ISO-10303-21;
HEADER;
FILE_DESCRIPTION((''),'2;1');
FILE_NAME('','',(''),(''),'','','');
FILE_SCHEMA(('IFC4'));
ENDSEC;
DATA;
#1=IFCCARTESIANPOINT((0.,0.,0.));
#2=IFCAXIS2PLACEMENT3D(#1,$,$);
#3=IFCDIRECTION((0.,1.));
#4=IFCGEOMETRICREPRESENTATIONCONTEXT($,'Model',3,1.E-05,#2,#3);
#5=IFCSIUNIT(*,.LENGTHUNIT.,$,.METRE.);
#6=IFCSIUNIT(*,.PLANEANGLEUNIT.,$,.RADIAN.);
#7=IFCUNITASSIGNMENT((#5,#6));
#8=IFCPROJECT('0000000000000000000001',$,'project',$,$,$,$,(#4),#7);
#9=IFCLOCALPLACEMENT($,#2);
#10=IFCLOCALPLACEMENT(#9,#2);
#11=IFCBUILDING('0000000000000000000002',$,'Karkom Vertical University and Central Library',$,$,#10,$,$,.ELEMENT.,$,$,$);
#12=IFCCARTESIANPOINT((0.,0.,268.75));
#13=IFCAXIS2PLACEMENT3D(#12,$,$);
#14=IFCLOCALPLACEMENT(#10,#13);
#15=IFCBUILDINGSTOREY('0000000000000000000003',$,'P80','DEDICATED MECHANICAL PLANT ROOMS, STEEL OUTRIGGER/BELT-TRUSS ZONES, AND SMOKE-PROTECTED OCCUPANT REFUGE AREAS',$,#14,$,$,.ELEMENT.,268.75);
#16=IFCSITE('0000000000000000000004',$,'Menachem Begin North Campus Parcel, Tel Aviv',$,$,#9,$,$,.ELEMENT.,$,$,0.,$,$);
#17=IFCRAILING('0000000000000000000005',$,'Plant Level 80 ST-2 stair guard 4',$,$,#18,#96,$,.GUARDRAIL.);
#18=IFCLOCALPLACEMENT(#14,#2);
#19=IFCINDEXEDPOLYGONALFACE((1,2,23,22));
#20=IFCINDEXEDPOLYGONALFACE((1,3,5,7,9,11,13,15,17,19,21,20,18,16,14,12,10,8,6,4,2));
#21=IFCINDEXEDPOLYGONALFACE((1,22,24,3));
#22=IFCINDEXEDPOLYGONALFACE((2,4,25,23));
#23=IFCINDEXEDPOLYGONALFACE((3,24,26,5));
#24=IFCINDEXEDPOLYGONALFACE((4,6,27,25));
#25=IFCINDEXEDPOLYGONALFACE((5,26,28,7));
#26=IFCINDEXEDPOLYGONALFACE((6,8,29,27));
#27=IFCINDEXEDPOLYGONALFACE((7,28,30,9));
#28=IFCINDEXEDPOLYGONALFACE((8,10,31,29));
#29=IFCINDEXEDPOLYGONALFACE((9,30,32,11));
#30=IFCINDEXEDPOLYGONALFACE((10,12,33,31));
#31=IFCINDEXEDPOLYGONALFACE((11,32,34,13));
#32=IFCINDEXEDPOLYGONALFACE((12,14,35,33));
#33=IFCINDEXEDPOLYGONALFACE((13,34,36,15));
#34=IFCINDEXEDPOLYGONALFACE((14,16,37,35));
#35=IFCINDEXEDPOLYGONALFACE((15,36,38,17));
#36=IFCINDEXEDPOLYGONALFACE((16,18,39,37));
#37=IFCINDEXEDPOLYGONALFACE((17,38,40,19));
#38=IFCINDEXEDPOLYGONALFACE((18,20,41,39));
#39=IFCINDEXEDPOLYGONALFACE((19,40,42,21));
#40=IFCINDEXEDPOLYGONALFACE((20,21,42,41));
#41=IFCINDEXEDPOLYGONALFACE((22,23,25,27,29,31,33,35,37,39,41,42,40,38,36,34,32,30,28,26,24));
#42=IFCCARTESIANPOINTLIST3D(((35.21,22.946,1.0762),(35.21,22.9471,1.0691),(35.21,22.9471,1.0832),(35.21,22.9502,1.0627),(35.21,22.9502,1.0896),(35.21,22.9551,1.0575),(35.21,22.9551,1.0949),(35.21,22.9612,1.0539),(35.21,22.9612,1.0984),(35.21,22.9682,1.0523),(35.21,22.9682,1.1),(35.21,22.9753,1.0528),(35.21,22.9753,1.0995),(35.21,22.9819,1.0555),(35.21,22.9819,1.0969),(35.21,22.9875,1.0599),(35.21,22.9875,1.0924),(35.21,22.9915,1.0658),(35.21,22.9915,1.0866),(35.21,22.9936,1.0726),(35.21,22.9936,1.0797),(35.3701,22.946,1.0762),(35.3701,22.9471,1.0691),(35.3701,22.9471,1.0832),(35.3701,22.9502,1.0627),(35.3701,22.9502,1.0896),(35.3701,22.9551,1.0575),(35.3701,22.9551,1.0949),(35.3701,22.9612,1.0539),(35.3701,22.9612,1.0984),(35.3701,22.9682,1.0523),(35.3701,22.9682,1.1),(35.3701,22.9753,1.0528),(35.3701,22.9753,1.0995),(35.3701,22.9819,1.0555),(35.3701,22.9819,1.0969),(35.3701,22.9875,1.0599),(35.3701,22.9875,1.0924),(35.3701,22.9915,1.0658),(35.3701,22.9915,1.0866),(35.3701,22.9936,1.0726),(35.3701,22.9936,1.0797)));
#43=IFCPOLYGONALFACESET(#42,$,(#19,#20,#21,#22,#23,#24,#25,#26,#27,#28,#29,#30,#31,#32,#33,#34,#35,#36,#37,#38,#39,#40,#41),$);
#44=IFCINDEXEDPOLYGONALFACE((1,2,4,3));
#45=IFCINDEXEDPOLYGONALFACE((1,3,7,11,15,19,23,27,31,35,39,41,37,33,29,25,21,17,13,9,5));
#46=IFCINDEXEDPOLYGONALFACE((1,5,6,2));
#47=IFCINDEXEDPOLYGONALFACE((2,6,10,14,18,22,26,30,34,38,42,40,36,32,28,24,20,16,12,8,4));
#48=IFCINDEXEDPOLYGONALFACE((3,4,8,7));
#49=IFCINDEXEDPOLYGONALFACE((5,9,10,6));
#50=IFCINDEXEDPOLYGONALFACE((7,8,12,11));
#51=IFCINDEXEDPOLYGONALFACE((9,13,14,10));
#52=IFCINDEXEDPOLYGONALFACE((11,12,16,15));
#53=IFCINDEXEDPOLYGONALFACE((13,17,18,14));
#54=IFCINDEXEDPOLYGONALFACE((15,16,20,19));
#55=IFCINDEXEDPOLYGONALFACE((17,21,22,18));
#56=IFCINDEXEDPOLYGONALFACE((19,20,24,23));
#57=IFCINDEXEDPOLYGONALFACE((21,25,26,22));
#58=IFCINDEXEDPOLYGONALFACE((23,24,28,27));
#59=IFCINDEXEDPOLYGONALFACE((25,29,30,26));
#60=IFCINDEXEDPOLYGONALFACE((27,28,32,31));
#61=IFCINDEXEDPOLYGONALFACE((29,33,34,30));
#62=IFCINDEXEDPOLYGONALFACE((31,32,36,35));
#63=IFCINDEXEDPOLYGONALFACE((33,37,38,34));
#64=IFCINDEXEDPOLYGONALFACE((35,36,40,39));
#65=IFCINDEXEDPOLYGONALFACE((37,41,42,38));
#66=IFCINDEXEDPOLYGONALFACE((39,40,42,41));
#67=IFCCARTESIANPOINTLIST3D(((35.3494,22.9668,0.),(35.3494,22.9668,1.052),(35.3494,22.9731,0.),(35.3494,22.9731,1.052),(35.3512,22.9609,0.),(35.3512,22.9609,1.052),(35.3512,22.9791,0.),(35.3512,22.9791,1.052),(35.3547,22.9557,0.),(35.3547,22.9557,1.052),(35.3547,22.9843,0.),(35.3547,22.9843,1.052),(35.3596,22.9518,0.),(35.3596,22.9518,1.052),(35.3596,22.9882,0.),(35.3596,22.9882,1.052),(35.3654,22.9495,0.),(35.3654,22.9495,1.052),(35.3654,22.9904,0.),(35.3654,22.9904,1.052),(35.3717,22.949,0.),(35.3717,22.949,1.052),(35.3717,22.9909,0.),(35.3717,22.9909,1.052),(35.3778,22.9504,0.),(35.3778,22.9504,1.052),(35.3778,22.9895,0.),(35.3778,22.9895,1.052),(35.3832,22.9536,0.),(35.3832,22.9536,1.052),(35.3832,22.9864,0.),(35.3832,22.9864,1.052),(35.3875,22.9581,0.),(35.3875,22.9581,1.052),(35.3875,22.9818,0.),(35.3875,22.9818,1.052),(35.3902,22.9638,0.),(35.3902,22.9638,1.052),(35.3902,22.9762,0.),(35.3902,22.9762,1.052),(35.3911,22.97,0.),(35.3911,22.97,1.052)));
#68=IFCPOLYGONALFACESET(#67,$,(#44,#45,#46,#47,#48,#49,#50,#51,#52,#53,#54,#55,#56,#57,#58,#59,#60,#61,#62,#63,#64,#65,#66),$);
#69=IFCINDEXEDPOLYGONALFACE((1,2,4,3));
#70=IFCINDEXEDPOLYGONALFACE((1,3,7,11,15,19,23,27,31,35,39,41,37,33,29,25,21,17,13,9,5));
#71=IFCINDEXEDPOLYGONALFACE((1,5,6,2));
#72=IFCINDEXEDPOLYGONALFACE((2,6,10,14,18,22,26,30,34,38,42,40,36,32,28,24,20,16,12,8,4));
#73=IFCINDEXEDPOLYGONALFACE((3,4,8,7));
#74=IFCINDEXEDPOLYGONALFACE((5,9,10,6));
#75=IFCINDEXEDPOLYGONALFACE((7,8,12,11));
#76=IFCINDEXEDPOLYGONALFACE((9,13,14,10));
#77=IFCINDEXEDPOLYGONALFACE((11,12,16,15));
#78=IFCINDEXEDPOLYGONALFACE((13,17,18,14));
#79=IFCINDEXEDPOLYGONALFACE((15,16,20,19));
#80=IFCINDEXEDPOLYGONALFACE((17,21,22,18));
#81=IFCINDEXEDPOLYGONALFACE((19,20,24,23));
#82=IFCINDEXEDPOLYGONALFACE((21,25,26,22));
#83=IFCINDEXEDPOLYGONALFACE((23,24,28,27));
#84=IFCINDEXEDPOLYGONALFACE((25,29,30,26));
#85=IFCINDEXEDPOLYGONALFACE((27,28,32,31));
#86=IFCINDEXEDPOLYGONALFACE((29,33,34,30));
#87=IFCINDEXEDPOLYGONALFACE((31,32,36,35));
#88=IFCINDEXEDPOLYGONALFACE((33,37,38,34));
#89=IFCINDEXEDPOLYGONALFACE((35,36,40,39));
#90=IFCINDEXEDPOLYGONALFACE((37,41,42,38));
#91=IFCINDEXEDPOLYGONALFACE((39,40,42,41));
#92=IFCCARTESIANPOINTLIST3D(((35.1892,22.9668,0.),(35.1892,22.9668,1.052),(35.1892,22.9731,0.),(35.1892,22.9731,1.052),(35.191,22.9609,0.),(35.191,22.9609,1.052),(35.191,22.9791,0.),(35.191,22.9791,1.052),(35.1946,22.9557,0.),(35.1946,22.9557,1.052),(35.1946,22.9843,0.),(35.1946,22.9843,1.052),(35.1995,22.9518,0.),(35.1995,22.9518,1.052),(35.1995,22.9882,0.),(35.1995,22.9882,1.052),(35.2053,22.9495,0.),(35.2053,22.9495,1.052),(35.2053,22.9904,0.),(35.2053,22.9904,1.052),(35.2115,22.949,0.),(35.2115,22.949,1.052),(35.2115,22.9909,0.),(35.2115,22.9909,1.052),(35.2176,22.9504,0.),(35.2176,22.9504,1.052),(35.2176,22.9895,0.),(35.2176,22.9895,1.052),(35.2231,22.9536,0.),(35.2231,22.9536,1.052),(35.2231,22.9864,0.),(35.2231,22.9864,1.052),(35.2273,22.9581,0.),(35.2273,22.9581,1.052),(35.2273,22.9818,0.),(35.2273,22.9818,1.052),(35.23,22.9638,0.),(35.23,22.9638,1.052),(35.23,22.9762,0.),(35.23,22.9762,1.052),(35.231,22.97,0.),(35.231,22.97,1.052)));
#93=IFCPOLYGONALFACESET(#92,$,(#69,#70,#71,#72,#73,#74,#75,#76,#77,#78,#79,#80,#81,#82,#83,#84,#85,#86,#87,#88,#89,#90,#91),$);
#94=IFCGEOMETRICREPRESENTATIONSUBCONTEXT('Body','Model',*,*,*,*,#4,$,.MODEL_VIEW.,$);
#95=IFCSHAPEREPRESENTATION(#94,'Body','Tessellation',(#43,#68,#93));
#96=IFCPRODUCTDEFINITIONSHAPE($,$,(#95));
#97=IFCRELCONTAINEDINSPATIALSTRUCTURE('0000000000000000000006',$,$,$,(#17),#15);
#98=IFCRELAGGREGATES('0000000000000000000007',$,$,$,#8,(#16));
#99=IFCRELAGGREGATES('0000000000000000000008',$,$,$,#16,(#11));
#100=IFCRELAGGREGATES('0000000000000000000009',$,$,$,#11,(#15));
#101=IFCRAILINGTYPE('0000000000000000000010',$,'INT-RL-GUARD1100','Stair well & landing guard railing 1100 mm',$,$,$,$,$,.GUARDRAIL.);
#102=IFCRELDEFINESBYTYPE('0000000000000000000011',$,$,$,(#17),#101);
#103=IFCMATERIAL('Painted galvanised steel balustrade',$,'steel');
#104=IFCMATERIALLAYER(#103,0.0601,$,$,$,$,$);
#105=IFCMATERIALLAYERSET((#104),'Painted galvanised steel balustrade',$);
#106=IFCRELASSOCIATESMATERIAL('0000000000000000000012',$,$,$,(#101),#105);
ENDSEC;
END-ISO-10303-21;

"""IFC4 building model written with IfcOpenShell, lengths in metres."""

from ifc_helpers import new_model, si_unit, direction, frame, origin, origin_2d, place, context, subcontext, project, spatial, circle, extrude, material, layer, layer_set, type_object, element, save


model = new_model("IFC4")

# Units and contexts
model_context = context("Model", 3, precision=1e-05, world=origin(), true_north=direction((0.0, 1.0)))
body_context = subcontext(model_context, "Body", "Model", "MODEL_VIEW")
ifc_project = project(units=[si_unit("LENGTHUNIT", "METRE"), si_unit("PLANEANGLEUNIT", "RADIAN")], contexts=[model_context])

# Site, building, storey
site_placement = place(None, origin())
site = spatial("IfcSite", under=ifc_project, at=site_placement, Name="Menachem Begin North Campus Parcel, Tel Aviv", CompositionType="ELEMENT", RefElevation=0.0)
building_placement = place(site_placement, origin())
building = spatial("IfcBuilding", under=site, at=building_placement, Name="Karkom Vertical University and Central Library", CompositionType="ELEMENT")
storey_placement = place(building_placement, frame((0.0, 0.0, 268.75)))
storey = spatial("IfcBuildingStorey", under=building, at=storey_placement, Name="P80", Description="DEDICATED MECHANICAL PLANT ROOMS, STEEL OUTRIGGER/BELT-TRUSS ZONES, AND SMOKE-PROTECTED OCCUPANT REFUGE AREAS", CompositionType="ELEMENT", Elevation=268.75)

# Railing
ifc_material_1 = material(Name="Painted galvanised steel balustrade", Category="steel")
ifc_layer_1 = layer(ifc_material_1, 0.0601)
ifc_layer_set_1 = layer_set([ifc_layer_1], Name="Painted galvanised steel balustrade")
railing_type_1 = type_object("IfcRailingType", Name="INT-RL-GUARD1100", Description="Stair well & landing guard railing 1100 mm", PredefinedType="GUARDRAIL", material=ifc_layer_set_1)
railing_1_placement = place(storey_placement, frame((35.3701, 22.97, 0.0)))
element("IfcRailing", 1, at=railing_1_placement, inside=storey, type_object=railing_type_1, Name="Plant Level 80 ST-2 stair guard 4", PredefinedType="GUARDRAIL", context=body_context, shape_type="SweptSolid", body=[
    extrude(circle(Radius=0.0239, at=origin_2d()), frame((0.0, 0.0, 1.0762), z_axis=(-1.0, 0.0, 0.0), x_axis=(0.0, -1.0, 0.0)), (0.0, 0.0, 1.0), 0.1602),
    extrude(circle(Radius=0.021, at=origin_2d()), origin(), (0.0, 0.0, 1.0), 1.052),
    extrude(circle(Radius=0.021, at=origin_2d()), frame((-0.1602, 0.0, 0.0)), (0.0, 0.0, 1.0), 1.052),
])

save(model, "model.ifc")
